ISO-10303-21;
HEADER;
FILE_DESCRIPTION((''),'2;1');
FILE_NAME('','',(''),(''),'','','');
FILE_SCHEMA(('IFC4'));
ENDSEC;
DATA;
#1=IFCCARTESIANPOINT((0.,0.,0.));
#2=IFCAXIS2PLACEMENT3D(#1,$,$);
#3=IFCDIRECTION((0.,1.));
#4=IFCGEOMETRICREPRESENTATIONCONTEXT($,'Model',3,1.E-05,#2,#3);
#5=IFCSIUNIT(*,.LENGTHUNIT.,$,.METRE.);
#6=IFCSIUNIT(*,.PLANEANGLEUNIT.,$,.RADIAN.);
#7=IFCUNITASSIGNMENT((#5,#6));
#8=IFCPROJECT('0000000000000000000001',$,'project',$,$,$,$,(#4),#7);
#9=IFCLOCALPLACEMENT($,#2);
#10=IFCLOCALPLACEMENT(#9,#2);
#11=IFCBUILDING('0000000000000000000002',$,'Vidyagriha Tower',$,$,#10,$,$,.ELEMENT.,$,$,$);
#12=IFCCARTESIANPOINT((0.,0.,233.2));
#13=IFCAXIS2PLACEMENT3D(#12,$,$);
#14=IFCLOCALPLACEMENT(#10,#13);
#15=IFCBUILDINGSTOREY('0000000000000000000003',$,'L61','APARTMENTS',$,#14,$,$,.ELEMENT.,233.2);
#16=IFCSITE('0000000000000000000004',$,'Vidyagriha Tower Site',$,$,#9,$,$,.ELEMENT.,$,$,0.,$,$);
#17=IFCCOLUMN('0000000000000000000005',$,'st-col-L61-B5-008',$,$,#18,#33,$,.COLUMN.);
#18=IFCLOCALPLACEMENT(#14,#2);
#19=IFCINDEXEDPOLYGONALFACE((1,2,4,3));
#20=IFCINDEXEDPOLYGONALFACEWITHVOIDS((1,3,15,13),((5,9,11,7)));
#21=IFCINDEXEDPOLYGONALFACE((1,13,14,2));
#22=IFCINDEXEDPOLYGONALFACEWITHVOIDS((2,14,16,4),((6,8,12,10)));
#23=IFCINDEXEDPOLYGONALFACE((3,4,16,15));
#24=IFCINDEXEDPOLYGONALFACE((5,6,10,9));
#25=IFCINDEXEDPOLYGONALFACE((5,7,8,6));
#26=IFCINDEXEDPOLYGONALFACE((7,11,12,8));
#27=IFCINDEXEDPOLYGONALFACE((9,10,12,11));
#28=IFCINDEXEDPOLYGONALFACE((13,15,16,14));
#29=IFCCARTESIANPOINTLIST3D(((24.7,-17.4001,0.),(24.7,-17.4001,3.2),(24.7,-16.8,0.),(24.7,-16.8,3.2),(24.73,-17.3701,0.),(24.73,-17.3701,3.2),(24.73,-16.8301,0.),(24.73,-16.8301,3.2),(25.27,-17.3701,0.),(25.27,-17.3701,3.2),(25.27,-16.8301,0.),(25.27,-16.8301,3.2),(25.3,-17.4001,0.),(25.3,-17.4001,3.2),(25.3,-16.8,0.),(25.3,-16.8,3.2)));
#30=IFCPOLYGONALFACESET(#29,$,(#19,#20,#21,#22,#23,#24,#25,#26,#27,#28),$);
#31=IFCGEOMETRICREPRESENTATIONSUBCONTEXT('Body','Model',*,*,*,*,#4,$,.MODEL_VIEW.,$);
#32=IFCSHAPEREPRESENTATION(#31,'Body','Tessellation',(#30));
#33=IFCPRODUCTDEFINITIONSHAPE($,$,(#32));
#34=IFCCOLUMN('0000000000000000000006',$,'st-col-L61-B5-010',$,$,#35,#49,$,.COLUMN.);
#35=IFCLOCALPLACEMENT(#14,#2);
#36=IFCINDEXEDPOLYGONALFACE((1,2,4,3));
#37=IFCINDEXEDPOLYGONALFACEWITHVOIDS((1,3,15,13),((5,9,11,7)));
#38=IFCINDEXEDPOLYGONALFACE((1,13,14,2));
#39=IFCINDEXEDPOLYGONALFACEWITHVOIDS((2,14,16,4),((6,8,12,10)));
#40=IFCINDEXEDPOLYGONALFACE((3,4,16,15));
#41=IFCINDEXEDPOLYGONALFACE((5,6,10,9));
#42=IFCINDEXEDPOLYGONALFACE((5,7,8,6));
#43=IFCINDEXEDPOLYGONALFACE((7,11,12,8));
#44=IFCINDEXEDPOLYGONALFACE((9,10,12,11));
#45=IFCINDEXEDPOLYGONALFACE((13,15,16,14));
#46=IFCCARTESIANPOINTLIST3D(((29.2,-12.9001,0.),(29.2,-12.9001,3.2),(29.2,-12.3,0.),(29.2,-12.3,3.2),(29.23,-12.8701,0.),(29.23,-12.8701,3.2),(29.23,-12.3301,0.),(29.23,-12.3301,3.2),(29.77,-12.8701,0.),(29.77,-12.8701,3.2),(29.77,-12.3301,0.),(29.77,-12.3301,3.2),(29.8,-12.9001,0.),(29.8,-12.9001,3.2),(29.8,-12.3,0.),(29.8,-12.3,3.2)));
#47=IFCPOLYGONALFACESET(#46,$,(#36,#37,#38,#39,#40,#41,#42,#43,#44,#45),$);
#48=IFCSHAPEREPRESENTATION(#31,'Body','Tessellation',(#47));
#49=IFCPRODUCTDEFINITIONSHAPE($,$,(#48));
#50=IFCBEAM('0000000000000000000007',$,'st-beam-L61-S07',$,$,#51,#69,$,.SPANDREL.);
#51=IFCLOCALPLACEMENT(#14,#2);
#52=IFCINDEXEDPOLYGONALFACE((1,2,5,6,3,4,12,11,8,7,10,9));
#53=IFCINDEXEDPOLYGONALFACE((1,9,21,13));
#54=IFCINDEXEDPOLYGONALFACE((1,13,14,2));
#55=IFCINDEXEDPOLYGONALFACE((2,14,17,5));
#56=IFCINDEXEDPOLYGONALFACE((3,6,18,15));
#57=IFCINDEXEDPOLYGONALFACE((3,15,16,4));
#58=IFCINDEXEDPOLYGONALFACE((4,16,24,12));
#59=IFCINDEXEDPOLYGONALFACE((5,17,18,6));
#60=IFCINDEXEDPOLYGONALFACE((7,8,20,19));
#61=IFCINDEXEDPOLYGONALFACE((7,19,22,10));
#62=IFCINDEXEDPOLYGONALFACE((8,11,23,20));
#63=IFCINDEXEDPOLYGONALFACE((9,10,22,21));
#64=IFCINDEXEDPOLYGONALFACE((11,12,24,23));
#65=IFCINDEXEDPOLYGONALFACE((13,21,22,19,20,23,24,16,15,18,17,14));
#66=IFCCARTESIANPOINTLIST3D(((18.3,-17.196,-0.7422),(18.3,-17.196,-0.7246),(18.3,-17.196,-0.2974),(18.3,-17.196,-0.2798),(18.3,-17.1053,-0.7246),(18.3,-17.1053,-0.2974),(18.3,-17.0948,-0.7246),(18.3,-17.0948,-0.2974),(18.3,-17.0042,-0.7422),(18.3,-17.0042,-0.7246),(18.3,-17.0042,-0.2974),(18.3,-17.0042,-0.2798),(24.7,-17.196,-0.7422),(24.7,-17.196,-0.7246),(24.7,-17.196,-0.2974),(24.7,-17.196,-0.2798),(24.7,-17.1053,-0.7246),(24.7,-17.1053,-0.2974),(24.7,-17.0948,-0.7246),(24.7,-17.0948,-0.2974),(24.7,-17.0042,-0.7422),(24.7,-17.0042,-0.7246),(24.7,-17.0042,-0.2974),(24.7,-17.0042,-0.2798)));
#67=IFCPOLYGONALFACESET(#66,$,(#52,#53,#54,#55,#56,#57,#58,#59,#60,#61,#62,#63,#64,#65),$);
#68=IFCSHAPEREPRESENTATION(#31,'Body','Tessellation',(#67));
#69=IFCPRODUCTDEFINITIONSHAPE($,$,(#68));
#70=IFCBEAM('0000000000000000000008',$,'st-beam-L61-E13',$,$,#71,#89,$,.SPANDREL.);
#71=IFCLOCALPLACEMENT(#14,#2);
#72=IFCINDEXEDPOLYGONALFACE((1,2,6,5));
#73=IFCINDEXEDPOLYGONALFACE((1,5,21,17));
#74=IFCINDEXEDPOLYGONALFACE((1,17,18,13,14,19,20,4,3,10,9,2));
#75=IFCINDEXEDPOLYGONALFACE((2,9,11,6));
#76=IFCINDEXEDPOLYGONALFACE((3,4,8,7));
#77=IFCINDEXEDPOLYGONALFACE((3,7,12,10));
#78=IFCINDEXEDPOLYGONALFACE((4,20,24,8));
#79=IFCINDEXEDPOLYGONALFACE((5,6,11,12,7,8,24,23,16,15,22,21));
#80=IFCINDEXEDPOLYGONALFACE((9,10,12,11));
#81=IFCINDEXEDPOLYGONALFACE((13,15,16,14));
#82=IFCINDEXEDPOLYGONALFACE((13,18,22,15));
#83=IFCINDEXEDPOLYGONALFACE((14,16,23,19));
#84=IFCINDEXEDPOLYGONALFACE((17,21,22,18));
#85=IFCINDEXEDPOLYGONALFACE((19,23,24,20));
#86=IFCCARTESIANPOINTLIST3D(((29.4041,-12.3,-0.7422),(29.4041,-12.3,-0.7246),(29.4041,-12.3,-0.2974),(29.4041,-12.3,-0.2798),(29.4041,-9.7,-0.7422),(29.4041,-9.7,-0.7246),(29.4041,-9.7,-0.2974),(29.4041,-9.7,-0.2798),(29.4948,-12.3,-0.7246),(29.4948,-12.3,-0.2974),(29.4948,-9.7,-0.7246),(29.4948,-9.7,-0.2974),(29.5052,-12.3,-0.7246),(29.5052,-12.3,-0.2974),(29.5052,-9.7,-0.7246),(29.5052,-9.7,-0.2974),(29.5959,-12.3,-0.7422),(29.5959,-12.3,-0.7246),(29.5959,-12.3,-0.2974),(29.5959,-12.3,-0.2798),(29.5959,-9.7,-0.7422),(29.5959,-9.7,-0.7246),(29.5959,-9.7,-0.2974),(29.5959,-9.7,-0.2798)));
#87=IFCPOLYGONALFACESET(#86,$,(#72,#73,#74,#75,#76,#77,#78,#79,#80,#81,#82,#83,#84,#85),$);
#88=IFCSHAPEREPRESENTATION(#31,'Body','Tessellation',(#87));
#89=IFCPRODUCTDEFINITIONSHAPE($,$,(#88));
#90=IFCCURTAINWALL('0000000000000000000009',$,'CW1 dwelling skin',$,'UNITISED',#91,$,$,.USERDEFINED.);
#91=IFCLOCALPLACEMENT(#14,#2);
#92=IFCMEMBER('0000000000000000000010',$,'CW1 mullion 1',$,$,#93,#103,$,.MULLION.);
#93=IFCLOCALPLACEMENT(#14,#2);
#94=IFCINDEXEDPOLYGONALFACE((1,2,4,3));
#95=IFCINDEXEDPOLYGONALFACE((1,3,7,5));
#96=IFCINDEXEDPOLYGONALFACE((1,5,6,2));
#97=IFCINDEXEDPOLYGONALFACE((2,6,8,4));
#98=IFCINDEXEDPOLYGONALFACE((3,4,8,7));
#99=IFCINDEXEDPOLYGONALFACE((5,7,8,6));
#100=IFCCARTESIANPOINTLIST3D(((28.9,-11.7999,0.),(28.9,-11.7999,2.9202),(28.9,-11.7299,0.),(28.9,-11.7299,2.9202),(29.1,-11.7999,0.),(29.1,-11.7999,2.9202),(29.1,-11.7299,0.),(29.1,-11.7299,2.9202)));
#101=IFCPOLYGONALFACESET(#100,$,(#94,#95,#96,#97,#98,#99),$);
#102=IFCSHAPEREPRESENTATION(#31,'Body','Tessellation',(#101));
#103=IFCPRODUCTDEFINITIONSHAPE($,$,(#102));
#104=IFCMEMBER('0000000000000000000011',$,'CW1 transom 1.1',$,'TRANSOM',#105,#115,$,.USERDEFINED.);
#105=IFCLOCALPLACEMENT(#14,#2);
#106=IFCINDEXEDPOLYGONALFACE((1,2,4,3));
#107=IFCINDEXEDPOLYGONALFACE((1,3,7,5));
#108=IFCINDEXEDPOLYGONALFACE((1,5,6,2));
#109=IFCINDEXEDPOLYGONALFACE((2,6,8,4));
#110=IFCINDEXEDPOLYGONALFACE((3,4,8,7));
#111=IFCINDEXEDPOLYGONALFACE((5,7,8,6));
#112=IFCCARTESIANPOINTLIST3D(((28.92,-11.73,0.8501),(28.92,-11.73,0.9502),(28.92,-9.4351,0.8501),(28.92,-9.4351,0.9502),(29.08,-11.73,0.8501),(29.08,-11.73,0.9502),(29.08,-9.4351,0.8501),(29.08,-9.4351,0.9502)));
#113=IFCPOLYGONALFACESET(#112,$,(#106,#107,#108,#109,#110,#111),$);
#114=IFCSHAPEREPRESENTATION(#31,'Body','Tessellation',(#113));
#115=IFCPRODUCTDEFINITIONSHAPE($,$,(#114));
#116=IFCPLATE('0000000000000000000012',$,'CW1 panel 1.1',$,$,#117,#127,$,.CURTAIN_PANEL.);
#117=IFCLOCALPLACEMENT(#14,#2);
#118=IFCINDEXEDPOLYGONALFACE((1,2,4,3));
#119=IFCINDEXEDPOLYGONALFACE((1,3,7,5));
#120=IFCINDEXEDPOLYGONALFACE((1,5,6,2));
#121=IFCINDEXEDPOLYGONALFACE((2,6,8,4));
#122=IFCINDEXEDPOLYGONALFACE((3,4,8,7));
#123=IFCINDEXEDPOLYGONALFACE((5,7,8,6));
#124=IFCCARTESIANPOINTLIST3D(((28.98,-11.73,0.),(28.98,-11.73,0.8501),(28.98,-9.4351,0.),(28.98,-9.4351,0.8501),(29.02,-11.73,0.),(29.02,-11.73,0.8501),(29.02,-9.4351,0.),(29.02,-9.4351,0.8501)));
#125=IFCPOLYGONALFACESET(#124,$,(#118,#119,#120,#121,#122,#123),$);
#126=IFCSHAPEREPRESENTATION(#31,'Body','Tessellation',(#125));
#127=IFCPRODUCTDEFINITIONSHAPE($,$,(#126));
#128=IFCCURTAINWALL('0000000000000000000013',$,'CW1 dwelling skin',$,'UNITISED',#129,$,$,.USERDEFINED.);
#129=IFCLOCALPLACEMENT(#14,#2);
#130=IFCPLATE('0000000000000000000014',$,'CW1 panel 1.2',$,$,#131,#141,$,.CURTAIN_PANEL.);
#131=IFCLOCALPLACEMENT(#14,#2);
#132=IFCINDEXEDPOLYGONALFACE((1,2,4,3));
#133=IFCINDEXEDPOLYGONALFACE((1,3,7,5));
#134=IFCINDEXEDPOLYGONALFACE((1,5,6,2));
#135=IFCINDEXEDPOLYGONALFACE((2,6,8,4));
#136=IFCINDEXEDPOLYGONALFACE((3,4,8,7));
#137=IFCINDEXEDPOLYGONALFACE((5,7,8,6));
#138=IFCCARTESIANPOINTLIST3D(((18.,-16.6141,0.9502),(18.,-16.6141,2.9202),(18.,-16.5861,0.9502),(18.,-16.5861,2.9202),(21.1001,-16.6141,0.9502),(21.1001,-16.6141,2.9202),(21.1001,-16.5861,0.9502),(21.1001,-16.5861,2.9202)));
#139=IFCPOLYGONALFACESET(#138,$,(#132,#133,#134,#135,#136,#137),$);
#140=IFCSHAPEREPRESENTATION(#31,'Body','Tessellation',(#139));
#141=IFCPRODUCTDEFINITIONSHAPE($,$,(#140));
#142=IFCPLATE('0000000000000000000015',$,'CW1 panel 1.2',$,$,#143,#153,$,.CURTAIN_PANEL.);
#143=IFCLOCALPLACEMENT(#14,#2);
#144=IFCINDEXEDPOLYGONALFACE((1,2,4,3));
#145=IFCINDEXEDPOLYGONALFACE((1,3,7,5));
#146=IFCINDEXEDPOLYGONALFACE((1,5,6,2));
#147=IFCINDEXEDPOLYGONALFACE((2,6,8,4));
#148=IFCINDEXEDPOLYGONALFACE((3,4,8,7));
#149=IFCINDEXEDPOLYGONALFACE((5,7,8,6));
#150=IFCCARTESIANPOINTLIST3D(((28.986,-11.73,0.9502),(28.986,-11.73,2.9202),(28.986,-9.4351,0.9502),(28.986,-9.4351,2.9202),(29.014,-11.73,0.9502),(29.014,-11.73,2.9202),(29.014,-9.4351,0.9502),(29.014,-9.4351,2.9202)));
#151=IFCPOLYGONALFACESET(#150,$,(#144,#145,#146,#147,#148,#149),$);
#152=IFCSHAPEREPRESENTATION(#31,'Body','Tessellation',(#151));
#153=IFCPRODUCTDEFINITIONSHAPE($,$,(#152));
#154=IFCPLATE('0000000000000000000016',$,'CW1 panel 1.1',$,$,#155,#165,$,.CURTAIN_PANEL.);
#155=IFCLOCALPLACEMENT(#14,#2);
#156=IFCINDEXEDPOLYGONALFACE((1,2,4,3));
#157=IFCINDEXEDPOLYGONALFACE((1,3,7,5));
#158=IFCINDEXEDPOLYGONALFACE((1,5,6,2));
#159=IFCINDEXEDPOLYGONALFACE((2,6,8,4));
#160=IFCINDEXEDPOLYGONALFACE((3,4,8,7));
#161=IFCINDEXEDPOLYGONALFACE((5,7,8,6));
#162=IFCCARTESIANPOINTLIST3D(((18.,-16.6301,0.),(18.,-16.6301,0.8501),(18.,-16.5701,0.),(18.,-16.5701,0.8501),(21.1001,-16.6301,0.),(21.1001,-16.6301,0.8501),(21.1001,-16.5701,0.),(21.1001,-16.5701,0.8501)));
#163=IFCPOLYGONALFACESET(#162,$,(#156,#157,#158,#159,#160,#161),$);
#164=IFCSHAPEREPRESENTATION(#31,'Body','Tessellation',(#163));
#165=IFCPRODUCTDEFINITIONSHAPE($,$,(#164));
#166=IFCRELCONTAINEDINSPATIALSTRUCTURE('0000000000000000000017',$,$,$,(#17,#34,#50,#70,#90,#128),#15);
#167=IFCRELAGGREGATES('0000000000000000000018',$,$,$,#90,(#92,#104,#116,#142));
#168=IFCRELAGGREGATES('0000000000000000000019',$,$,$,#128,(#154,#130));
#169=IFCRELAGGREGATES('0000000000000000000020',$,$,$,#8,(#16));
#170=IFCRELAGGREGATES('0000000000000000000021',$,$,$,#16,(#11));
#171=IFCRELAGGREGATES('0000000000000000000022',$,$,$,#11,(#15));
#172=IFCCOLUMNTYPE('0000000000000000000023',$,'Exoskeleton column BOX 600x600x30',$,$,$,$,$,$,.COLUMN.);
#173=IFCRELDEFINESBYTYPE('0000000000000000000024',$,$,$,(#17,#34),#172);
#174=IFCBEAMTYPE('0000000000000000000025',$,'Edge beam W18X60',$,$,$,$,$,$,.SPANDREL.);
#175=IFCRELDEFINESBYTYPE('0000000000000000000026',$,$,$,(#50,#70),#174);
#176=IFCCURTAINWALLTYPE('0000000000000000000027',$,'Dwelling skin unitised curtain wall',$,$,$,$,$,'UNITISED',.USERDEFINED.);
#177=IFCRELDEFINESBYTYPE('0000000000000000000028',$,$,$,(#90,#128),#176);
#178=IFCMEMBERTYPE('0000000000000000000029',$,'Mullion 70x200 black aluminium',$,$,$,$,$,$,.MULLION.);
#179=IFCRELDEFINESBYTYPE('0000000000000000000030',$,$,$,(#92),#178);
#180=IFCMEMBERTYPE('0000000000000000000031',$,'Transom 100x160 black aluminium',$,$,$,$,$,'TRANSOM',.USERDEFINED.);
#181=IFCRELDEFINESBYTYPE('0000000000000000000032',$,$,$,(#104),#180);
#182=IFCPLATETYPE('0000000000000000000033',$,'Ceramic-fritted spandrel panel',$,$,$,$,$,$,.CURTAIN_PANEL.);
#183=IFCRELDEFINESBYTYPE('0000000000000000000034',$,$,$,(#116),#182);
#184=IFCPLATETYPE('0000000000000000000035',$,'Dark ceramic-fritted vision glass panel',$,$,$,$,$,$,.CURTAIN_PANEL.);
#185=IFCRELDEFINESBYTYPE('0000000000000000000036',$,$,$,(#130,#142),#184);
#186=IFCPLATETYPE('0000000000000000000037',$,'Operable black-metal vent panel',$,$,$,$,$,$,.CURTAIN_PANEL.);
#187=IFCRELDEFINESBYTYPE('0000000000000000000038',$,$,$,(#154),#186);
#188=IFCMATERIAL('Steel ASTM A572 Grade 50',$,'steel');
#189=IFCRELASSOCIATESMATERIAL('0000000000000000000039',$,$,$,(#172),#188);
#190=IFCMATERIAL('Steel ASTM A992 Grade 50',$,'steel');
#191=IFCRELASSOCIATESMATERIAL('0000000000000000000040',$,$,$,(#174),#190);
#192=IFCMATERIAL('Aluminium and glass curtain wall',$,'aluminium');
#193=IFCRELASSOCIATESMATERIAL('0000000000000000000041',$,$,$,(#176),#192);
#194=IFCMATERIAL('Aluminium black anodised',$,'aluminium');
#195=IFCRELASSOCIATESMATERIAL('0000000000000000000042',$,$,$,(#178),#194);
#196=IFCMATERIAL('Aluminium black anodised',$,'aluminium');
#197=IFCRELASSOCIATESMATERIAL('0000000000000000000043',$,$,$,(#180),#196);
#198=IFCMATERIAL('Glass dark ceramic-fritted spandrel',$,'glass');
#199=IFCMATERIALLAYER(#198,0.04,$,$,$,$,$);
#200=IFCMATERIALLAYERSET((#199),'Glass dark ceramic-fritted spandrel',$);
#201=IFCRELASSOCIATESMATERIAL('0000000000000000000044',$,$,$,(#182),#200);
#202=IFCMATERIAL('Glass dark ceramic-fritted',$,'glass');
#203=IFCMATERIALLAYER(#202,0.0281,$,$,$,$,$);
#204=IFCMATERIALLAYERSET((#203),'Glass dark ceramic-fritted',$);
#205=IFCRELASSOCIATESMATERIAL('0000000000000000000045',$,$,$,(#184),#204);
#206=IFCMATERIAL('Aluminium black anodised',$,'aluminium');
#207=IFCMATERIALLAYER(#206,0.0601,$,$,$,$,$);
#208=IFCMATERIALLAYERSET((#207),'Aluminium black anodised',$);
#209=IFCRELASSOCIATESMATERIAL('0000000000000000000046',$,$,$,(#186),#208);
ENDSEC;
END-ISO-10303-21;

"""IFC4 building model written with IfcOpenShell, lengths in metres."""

from ifc_helpers import new_model, si_unit, direction, frame, origin, origin_2d, place, context, subcontext, project, spatial, rectangle, hollow_rectangle, i_section, extrude, material, layer, layer_set, material_profile, profile_set, type_object, element, aggregate, save


model = new_model("IFC4")

# Units and contexts
model_context = context("Model", 3, precision=1e-05, world=origin(), true_north=direction((0.0, 1.0)))
body_context = subcontext(model_context, "Body", "Model", "MODEL_VIEW")
ifc_project = project(units=[si_unit("LENGTHUNIT", "METRE"), si_unit("PLANEANGLEUNIT", "RADIAN")], contexts=[model_context])

# Site, building, storey
site_placement = place(None, origin())
site = spatial("IfcSite", under=ifc_project, at=site_placement, Name="Vidyagriha Tower Site", CompositionType="ELEMENT", RefElevation=0.0)
building_placement = place(site_placement, origin())
building = spatial("IfcBuilding", under=site, at=building_placement, Name="Vidyagriha Tower", CompositionType="ELEMENT")
storey_placement = place(building_placement, frame((0.0, 0.0, 233.2)))
storey = spatial("IfcBuildingStorey", under=building, at=storey_placement, Name="L61", Description="APARTMENTS", CompositionType="ELEMENT", Elevation=233.2)

# Columns
ifc_material_1 = material(Name="Steel ASTM A572 Grade 50", Category="steel")
ifc_material_profile_1 = material_profile(ifc_material_1, hollow_rectangle(XDim=0.6001, YDim=0.6001, WallThickness=0.03, at=origin_2d()), Name="BOX 600x600x30")
ifc_profile_set_1 = profile_set([ifc_material_profile_1], Name="Steel ASTM A572 Grade 50")
column_type = type_object("IfcColumnType", Name="Exoskeleton column BOX 600x600x30", PredefinedType="COLUMN", material=ifc_profile_set_1)
for number, where, name in (
    (1, (25.0, -17.1001, 0.0), "st-col-L61-B5-008"),
    (2, (29.5, -12.6001, 0.0), "st-col-L61-B5-010"),
):
    element("IfcColumn", number, at=place(storey_placement, frame(where)), inside=storey, type_object=column_type, Name=name, PredefinedType="COLUMN", context=body_context, shape_type="SweptSolid", body=[
        extrude(hollow_rectangle(XDim=0.6001, YDim=0.6001, WallThickness=0.03, at=origin_2d()), origin(), (0.0, 0.0, 1.0), 3.2),
    ])

# Beams
ifc_material_2 = material(Name="Steel ASTM A992 Grade 50", Category="steel")
ifc_material_profile_2 = material_profile(ifc_material_2, i_section(OverallWidth=0.1919, OverallDepth=0.4624, WebThickness=0.0105, FlangeThickness=0.0176, at=origin_2d()), Name="W18X60")
ifc_profile_set_2 = profile_set([ifc_material_profile_2], Name="Steel ASTM A992 Grade 50")
beam_type = type_object("IfcBeamType", Name="Edge beam W18X60", PredefinedType="SPANDREL", material=ifc_profile_set_2)
beam_1_placement = place(storey_placement, frame((18.3, -17.1001, -0.511), z_axis=(1.0, 0.0, 0.0), x_axis=(0.0, 1.0, 0.0)))
element("IfcBeam", 3, at=beam_1_placement, inside=storey, type_object=beam_type, Name="st-beam-L61-S07", PredefinedType="SPANDREL", context=body_context, shape_type="SweptSolid", body=[
    extrude(i_section(OverallWidth=0.1919, OverallDepth=0.4624, WebThickness=0.0105, FlangeThickness=0.0176, at=origin_2d()), origin(), (0.0, 0.0, 1.0), 6.3999),
])
beam_2_placement = place(storey_placement, frame((29.5, -12.3, -0.511), z_axis=(0.0, 1.0, 0.0), x_axis=(-1.0, 0.0, 0.0)))
element("IfcBeam", 4, at=beam_2_placement, inside=storey, type_object=beam_type, Name="st-beam-L61-E13", PredefinedType="SPANDREL", context=body_context, shape_type="SweptSolid", body=[
    extrude(i_section(OverallWidth=0.1919, OverallDepth=0.4624, WebThickness=0.0105, FlangeThickness=0.0176, at=origin_2d()), origin(), (0.0, 0.0, 1.0), 2.6001),
])

# Curtain wall, members, plate
ifc_material_3 = material(Name="Aluminium and glass curtain wall", Category="aluminium")
curtain_wall_type = type_object("IfcCurtainWallType", Name="Dwelling skin unitised curtain wall", ElementType="UNITISED", PredefinedType="USERDEFINED", material=ifc_material_3)
curtain_wall_1_placement = place(storey_placement, origin())
curtain_wall_1 = element("IfcCurtainWall", 5, at=curtain_wall_1_placement, inside=storey, type_object=curtain_wall_type, Name="CW1 dwelling skin", ObjectType="UNITISED", PredefinedType="USERDEFINED")
ifc_material_4 = material(Name="Aluminium black anodised", Category="aluminium")
ifc_material_profile_3 = material_profile(ifc_material_4, rectangle(XDim=0.2, YDim=0.0701, at=origin_2d()), Name="Mullion 70x200 black aluminium")
ifc_profile_set_3 = profile_set([ifc_material_profile_3], Name="Aluminium black anodised")
member_type_1 = type_object("IfcMemberType", Name="Mullion 70x200 black aluminium", PredefinedType="MULLION", material=ifc_profile_set_3)
member_1_placement = place(storey_placement, frame((29.0, -11.7649, 0.0), z_axis=(0.0, 0.0, 1.0), x_axis=(-1.0, 0.0, 0.0)))
member_1 = element("IfcMember", 6, at=member_1_placement, type_object=member_type_1, Name="CW1 mullion 1", PredefinedType="MULLION", context=body_context, shape_type="SweptSolid", body=[
    extrude(rectangle(XDim=0.2, YDim=0.0701, at=origin_2d()), origin(), (0.0, 0.0, 1.0), 2.9202),
])
ifc_material_5 = material(Name="Aluminium black anodised", Category="aluminium")
ifc_material_profile_4 = material_profile(ifc_material_5, rectangle(XDim=0.1599, YDim=0.1001, at=origin_2d()), Name="Transom 100x160 black aluminium")
ifc_profile_set_4 = profile_set([ifc_material_profile_4], Name="Aluminium black anodised")
member_type_2 = type_object("IfcMemberType", Name="Transom 100x160 black aluminium", ElementType="TRANSOM", PredefinedType="USERDEFINED", material=ifc_profile_set_4)
member_2_placement = place(storey_placement, frame((29.0, -11.73, 0.9001), z_axis=(0.0, 1.0, 0.0), x_axis=(-1.0, 0.0, 0.0)))
member_2 = element("IfcMember", 7, at=member_2_placement, type_object=member_type_2, Name="CW1 transom 1.1", ObjectType="TRANSOM", PredefinedType="USERDEFINED", context=body_context, shape_type="SweptSolid", body=[
    extrude(rectangle(XDim=0.1599, YDim=0.1001, at=origin_2d()), origin(), (0.0, 0.0, 1.0), 2.2949),
])
ifc_material_6 = material(Name="Glass dark ceramic-fritted spandrel", Category="glass")
ifc_layer_1 = layer(ifc_material_6, 0.04)
ifc_layer_set_1 = layer_set([ifc_layer_1], Name="Glass dark ceramic-fritted spandrel")
plate_type_1 = type_object("IfcPlateType", Name="Ceramic-fritted spandrel panel", PredefinedType="CURTAIN_PANEL", material=ifc_layer_set_1)
plate_1_placement = place(storey_placement, frame((29.0, -10.5825, 0.0), z_axis=(0.0, 0.0, 1.0), x_axis=(0.0, 1.0, 0.0)))
plate_1 = element("IfcPlate", 8, at=plate_1_placement, type_object=plate_type_1, Name="CW1 panel 1.1", PredefinedType="CURTAIN_PANEL", context=body_context, shape_type="SweptSolid", body=[
    extrude(rectangle(XDim=2.2949, YDim=0.04, at=origin_2d()), origin(), (0.0, 0.0, 1.0), 0.8501),
])

# Curtain wall, plate
curtain_wall_2_placement = place(storey_placement, origin())
curtain_wall_2 = element("IfcCurtainWall", 9, at=curtain_wall_2_placement, inside=storey, type_object=curtain_wall_type, Name="CW1 dwelling skin", ObjectType="UNITISED", PredefinedType="USERDEFINED")
ifc_material_7 = material(Name="Glass dark ceramic-fritted", Category="glass")
ifc_layer_2 = layer(ifc_material_7, 0.0281)
ifc_layer_set_2 = layer_set([ifc_layer_2], Name="Glass dark ceramic-fritted")
plate_type_2 = type_object("IfcPlateType", Name="Dark ceramic-fritted vision glass panel", PredefinedType="CURTAIN_PANEL", material=ifc_layer_set_2)
plate_2_placement = place(storey_placement, frame((19.55, -16.6001, 0.9502)))
plate_2 = element("IfcPlate", 10, at=plate_2_placement, type_object=plate_type_2, Name="CW1 panel 1.2", PredefinedType="CURTAIN_PANEL", context=body_context, shape_type="SweptSolid", body=[
    extrude(rectangle(XDim=3.1001, YDim=0.0281, at=origin_2d()), origin(), (0.0, 0.0, 1.0), 1.97),
])

# Plates
plate_3_placement = place(storey_placement, frame((29.0, -10.5825, 0.9502), z_axis=(0.0, 0.0, 1.0), x_axis=(0.0, 1.0, 0.0)))
plate_3 = element("IfcPlate", 11, at=plate_3_placement, type_object=plate_type_2, Name="CW1 panel 1.2", PredefinedType="CURTAIN_PANEL", context=body_context, shape_type="SweptSolid", body=[
    extrude(rectangle(XDim=2.2949, YDim=0.0281, at=origin_2d()), origin(), (0.0, 0.0, 1.0), 1.97),
])
aggregate(curtain_wall_1, [member_1, member_2, plate_1, plate_3])
ifc_material_8 = material(Name="Aluminium black anodised", Category="aluminium")
ifc_layer_3 = layer(ifc_material_8, 0.0601)
ifc_layer_set_3 = layer_set([ifc_layer_3], Name="Aluminium black anodised")
plate_type_3 = type_object("IfcPlateType", Name="Operable black-metal vent panel", PredefinedType="CURTAIN_PANEL", material=ifc_layer_set_3)
plate_4_placement = place(storey_placement, frame((19.55, -16.6001, 0.0)))
plate_4 = element("IfcPlate", 12, at=plate_4_placement, type_object=plate_type_3, Name="CW1 panel 1.1", PredefinedType="CURTAIN_PANEL", context=body_context, shape_type="SweptSolid", body=[
    extrude(rectangle(XDim=3.1001, YDim=0.0601, at=origin_2d()), origin(), (0.0, 0.0, 1.0), 0.8501),
])
aggregate(curtain_wall_2, [plate_4, plate_2])

save(model, "model.ifc")
